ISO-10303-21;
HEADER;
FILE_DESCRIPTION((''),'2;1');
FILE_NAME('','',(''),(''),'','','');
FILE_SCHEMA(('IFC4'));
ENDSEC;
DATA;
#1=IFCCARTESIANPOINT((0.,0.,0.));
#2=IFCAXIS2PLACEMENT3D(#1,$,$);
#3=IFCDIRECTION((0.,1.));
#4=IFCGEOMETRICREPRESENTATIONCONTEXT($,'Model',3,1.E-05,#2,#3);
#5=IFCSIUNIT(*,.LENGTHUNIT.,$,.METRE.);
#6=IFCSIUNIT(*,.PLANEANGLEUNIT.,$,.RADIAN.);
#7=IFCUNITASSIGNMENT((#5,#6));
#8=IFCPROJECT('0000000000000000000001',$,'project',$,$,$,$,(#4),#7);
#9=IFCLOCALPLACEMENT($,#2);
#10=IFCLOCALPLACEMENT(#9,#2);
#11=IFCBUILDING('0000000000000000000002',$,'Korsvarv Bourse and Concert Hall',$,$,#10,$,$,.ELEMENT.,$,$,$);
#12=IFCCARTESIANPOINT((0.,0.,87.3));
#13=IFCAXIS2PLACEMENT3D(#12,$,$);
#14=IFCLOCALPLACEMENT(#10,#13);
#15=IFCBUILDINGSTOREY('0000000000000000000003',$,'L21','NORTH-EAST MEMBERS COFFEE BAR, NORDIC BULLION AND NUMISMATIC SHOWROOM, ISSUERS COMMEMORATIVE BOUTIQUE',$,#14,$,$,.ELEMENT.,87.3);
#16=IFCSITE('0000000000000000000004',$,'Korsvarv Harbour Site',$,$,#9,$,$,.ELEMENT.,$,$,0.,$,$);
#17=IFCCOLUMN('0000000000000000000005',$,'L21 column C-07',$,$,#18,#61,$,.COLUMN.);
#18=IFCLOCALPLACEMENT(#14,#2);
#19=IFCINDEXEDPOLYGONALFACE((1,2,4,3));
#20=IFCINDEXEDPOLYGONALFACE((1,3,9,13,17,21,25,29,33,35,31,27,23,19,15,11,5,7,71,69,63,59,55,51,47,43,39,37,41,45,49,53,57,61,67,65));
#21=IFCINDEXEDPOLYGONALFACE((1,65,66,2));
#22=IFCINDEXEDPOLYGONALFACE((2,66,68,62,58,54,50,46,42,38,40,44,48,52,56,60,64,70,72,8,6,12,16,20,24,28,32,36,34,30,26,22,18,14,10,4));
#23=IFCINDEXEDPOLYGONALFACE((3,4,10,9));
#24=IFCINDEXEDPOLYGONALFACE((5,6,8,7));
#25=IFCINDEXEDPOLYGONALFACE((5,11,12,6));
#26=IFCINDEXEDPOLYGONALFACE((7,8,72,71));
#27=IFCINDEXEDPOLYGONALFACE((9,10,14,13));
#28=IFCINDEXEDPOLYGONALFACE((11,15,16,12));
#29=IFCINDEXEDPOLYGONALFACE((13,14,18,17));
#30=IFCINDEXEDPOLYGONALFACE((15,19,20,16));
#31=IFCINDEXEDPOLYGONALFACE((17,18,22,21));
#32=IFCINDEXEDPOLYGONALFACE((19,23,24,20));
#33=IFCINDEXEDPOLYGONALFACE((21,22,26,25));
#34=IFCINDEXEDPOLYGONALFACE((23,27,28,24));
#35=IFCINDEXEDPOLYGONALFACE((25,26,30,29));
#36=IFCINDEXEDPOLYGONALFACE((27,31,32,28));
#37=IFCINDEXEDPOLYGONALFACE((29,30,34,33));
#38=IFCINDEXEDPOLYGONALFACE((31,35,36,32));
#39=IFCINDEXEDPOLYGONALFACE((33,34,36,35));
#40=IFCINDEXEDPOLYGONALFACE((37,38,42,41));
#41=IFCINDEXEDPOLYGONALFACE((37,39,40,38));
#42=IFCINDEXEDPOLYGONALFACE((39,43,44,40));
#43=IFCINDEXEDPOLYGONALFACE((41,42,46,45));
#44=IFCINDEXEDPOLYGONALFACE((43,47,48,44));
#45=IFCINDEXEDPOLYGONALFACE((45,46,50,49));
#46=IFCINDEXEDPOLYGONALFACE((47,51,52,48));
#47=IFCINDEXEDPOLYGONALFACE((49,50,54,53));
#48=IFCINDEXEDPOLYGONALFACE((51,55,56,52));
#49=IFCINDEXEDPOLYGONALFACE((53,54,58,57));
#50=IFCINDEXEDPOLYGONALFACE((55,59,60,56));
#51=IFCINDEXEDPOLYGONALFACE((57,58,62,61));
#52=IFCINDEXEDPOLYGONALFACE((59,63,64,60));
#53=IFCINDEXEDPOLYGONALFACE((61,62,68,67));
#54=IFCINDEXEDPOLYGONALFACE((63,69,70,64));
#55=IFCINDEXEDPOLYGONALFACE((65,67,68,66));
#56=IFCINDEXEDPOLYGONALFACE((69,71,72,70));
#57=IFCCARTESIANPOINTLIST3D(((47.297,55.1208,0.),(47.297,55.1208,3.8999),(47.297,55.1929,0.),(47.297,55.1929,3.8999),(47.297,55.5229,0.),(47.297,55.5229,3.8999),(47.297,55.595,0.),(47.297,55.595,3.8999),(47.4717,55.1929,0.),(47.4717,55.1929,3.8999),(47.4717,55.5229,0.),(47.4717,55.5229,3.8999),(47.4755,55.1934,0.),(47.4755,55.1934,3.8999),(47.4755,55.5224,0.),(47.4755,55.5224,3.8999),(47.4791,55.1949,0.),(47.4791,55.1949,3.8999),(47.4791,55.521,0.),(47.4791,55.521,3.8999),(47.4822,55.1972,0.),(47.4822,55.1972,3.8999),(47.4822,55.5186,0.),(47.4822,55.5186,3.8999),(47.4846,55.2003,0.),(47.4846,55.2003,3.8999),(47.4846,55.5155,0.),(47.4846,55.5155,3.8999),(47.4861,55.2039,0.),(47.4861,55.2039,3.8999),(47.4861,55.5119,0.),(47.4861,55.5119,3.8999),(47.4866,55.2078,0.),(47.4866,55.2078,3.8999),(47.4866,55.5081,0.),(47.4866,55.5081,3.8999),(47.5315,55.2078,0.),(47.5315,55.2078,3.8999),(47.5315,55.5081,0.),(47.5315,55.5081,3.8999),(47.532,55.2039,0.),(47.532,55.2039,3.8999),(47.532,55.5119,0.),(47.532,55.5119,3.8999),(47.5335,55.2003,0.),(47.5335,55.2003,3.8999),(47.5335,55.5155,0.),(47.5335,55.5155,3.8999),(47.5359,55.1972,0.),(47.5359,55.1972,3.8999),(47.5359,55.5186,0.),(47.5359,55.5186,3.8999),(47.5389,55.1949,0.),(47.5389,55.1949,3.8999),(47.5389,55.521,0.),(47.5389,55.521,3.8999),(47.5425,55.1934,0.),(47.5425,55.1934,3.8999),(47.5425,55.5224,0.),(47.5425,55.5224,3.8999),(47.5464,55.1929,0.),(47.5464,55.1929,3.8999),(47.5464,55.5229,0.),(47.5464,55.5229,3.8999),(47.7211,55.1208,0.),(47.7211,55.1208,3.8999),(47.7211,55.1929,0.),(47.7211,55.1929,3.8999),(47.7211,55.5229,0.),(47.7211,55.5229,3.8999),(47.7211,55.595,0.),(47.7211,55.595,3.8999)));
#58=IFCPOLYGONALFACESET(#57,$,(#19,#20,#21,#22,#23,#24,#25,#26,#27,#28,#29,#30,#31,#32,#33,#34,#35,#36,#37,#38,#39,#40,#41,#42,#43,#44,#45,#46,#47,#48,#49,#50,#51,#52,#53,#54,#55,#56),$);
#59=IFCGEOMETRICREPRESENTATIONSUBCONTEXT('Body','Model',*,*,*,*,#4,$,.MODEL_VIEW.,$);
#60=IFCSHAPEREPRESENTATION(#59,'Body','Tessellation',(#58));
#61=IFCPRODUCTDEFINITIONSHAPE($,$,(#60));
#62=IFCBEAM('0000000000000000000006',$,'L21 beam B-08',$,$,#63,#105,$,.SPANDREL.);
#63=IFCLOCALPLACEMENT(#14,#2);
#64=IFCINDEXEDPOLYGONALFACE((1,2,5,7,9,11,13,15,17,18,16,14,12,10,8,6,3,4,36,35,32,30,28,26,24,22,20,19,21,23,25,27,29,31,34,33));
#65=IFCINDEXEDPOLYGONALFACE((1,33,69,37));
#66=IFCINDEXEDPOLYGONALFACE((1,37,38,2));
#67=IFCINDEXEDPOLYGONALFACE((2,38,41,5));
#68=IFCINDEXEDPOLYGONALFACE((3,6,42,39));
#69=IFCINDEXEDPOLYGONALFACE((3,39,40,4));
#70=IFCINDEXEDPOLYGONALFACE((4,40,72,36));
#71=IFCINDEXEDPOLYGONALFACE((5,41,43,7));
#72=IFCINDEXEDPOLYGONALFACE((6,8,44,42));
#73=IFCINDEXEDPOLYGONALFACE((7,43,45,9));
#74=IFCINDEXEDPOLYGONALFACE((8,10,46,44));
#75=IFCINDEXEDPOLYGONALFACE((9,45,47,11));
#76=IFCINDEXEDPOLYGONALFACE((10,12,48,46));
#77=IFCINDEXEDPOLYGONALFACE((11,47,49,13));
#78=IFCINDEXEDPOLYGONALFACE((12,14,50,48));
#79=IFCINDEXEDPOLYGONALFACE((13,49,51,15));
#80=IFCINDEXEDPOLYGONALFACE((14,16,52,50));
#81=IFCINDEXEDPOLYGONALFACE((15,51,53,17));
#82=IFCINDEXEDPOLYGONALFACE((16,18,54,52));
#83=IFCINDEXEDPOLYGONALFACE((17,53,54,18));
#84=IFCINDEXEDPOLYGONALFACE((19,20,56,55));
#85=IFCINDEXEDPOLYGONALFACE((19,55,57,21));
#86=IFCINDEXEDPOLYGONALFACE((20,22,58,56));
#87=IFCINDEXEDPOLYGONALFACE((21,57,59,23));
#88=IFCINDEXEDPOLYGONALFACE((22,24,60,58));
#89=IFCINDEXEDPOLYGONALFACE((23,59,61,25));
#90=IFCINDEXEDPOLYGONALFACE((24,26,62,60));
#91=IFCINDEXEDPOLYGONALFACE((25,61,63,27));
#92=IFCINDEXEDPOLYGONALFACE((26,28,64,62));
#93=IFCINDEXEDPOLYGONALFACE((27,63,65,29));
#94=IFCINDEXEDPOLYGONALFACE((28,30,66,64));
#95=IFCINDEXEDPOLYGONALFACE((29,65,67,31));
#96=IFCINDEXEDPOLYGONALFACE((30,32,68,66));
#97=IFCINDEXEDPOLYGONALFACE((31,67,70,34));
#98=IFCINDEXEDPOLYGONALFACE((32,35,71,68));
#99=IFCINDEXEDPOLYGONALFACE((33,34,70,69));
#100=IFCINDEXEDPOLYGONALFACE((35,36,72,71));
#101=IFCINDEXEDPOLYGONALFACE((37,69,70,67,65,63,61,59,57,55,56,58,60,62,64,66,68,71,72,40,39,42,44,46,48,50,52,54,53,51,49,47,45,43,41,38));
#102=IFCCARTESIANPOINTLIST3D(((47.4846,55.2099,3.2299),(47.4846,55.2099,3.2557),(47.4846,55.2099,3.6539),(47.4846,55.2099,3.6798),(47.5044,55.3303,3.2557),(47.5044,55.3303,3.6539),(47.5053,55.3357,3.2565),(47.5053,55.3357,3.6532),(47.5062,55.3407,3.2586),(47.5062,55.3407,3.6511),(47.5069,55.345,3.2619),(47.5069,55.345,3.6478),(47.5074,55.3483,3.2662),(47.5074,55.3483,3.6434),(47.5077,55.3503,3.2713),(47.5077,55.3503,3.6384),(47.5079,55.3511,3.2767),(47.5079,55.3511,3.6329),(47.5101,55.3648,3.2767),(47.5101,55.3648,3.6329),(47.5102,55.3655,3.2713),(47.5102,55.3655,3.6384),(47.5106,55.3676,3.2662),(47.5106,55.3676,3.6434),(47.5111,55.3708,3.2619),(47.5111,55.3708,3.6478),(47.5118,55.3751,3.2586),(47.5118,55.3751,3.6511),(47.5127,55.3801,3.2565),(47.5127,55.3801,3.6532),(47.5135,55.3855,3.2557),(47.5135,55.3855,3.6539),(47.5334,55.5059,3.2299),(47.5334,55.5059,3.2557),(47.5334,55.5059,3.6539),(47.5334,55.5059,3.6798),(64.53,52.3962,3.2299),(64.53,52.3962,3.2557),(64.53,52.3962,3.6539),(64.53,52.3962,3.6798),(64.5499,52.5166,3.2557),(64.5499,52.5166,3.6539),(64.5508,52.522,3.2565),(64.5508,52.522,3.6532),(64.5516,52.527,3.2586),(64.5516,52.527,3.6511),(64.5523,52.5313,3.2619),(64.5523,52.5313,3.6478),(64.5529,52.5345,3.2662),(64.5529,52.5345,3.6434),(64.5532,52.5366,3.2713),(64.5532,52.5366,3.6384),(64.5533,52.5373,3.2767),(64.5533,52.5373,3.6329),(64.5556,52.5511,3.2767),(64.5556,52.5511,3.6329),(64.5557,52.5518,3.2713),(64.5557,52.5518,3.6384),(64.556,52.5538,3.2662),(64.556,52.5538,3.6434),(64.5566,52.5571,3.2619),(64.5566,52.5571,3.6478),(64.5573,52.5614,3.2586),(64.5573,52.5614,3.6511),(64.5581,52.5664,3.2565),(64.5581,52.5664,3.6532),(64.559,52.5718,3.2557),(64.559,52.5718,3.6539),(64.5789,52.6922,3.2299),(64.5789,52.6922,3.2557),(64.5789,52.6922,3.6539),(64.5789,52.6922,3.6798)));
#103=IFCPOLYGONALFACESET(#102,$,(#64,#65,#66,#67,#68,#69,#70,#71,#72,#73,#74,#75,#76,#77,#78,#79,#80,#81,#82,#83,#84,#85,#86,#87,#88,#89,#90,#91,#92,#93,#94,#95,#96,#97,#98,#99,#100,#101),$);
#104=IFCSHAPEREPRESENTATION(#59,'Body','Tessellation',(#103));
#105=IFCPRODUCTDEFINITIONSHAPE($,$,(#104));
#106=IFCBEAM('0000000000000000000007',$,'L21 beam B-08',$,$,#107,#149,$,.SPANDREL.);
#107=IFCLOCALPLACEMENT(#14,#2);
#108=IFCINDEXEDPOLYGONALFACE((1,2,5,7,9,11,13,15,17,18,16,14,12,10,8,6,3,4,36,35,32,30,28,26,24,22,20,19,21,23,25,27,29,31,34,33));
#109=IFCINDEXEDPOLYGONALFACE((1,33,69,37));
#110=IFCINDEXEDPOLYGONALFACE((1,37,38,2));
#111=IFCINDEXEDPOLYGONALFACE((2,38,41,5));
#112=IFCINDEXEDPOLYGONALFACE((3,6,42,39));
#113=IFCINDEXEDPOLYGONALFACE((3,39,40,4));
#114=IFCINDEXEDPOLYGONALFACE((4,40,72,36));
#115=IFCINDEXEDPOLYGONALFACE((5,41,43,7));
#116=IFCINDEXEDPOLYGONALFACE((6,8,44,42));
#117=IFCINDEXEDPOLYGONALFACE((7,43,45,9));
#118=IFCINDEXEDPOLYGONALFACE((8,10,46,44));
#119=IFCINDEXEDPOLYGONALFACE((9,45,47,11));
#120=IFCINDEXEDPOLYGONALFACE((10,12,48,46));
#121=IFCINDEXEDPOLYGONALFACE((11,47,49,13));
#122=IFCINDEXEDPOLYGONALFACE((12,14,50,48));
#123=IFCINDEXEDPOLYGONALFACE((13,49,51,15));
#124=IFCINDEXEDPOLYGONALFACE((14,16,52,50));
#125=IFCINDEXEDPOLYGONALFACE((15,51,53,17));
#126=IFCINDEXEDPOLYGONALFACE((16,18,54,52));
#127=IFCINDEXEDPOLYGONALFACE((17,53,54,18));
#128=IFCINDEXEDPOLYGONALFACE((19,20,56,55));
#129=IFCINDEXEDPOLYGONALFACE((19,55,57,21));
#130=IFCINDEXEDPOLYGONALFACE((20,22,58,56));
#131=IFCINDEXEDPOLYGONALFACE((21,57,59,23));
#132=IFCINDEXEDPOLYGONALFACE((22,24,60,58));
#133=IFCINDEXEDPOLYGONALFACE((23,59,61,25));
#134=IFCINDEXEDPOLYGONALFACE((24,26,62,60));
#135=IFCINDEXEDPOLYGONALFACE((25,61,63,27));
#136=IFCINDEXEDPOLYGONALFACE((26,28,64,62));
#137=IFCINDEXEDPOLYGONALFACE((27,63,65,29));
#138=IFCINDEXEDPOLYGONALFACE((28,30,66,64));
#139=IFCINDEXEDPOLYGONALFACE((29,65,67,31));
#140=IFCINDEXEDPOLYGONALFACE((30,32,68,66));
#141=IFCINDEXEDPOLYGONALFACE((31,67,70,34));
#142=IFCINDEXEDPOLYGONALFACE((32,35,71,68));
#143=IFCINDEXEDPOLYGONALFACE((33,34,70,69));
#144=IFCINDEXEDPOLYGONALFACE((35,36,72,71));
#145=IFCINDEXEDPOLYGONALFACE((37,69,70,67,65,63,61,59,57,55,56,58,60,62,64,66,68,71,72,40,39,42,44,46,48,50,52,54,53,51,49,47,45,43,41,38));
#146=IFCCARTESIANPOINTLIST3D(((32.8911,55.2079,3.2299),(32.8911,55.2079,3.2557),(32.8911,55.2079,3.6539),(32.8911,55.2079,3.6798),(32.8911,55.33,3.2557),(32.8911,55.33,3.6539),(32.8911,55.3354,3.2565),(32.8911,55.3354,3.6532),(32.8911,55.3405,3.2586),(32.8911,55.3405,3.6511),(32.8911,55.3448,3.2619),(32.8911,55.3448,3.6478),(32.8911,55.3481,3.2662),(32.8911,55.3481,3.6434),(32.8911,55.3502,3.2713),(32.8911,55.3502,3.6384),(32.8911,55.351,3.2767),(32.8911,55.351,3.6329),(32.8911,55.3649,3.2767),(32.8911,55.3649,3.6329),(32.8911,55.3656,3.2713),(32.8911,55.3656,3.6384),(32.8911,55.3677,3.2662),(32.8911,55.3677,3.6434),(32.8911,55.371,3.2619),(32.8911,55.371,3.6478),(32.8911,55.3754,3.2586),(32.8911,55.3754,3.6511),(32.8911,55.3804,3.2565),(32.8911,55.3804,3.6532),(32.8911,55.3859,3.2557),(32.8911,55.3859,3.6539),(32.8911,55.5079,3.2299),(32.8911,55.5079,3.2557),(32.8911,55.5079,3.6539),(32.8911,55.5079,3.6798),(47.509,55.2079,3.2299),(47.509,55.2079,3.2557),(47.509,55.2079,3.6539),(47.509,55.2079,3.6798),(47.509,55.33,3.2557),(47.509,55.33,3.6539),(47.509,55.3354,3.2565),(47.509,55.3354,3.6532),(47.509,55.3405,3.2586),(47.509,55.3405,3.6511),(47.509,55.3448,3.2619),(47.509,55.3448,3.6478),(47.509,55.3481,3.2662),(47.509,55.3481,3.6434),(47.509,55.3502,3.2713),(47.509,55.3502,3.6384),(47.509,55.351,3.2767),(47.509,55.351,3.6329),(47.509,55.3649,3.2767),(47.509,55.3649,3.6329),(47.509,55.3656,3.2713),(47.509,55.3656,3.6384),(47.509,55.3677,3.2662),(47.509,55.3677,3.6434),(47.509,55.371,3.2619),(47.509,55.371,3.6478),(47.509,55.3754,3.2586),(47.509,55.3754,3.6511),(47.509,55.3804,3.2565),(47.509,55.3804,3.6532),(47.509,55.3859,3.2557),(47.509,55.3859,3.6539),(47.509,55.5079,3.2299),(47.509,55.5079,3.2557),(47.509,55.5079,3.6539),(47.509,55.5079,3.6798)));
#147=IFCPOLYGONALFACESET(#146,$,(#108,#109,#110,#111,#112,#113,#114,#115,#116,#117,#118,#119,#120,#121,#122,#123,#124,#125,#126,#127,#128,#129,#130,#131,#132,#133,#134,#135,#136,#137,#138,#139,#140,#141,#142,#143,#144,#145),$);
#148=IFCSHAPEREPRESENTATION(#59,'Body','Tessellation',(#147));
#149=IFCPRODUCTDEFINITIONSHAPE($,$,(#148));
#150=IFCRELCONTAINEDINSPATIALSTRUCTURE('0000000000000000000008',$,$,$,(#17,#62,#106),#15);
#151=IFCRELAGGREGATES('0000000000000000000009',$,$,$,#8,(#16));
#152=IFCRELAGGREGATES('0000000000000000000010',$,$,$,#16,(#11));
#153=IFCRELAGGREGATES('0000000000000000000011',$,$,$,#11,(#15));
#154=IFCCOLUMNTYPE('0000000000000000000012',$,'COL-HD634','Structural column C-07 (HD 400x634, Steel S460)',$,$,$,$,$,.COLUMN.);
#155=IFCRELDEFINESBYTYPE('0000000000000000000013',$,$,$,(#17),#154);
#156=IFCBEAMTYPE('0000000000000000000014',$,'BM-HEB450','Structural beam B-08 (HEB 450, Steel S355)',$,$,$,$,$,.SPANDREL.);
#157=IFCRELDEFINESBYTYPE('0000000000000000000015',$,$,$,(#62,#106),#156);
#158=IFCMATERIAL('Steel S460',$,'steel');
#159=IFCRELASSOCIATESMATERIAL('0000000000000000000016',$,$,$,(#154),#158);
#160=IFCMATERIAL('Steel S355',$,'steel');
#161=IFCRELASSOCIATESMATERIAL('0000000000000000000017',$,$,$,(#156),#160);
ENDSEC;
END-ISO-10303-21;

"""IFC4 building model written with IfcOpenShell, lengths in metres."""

from ifc_helpers import new_model, si_unit, direction, frame, origin, origin_2d, place, context, subcontext, project, spatial, i_section, extrude, source, transform, mapped, material, material_profile, profile_set, type_object, element, save


model = new_model("IFC4")

# Units and contexts
model_context = context("Model", 3, precision=1e-05, world=origin(), true_north=direction((0.0, 1.0)))
body_context = subcontext(model_context, "Body", "Model", "MODEL_VIEW")
ifc_project = project(units=[si_unit("LENGTHUNIT", "METRE"), si_unit("PLANEANGLEUNIT", "RADIAN")], contexts=[model_context])

# Site, building, storey
site_placement = place(None, origin())
site = spatial("IfcSite", under=ifc_project, at=site_placement, Name="Korsvarv Harbour Site", CompositionType="ELEMENT", RefElevation=0.0)
building_placement = place(site_placement, origin())
building = spatial("IfcBuilding", under=site, at=building_placement, Name="Korsvarv Bourse and Concert Hall", CompositionType="ELEMENT")
storey_placement = place(building_placement, frame((0.0, 0.0, 87.3)))
storey = spatial("IfcBuildingStorey", under=building, at=storey_placement, Name="L21", Description="NORTH-EAST MEMBERS COFFEE BAR, NORDIC BULLION AND NUMISMATIC SHOWROOM, ISSUERS COMMEMORATIVE BOUTIQUE", CompositionType="ELEMENT", Elevation=87.3)

# Column
ifc_material_1 = material(Name="Steel S460", Category="steel")
ifc_material_profile_1 = material_profile(ifc_material_1, i_section(OverallWidth=0.4241, OverallDepth=0.4741, WebThickness=0.0449, FlangeThickness=0.072, FilletRadius=0.0149, at=origin_2d()), Name="HD 400x634")
ifc_profile_set_1 = profile_set([ifc_material_profile_1], Name="Steel S460")
column_type = type_object("IfcColumnType", Name="COL-HD634", Description="Structural column C-07 (HD 400x634, Steel S460)", PredefinedType="COLUMN", material=ifc_profile_set_1)
shared_shape_1 = source(origin(), body_context, "Body", "SweptSolid", [
    extrude(i_section(OverallWidth=0.4241, OverallDepth=0.4741, WebThickness=0.0449, FlangeThickness=0.072, FilletRadius=0.0149, at=origin_2d()), origin(), (0.0, 0.0, 1.0), 3.8999),
])
column_placement = place(storey_placement, frame((47.509, 55.3579, 0.0), z_axis=(0.0, 0.0, 1.0), x_axis=(1.0, 0.0, 0.0)))
element("IfcColumn", 1, at=column_placement, inside=storey, type_object=column_type, Name="L21 column C-07", PredefinedType="COLUMN", context=body_context, shape_type="MappedRepresentation", body=[
    mapped(shared_shape_1, transform((0.0, 0.0, 0.0), scale=1.0)),
])

# Beams
ifc_material_2 = material(Name="Steel S355", Category="steel")
ifc_material_profile_2 = material_profile(ifc_material_2, i_section(OverallWidth=0.3, OverallDepth=0.45, WebThickness=0.0139, FlangeThickness=0.0259, FilletRadius=0.021, at=origin_2d()), Name="HEB 450")
ifc_profile_set_2 = profile_set([ifc_material_profile_2], Name="Steel S355")
beam_type_1 = type_object("IfcBeamType", Name="BM-HEB450", Description="Structural beam B-08 (HEB 450, Steel S355)", PredefinedType="SPANDREL", material=ifc_profile_set_2)
shared_shape_2 = source(origin(), body_context, "Body", "SweptSolid", [
    extrude(i_section(OverallWidth=0.3, OverallDepth=0.45, WebThickness=0.0139, FlangeThickness=0.0259, FilletRadius=0.021, at=origin_2d()), origin(), (0.0, 0.0, 1.0), 17.2761),
])
beam_1_placement = place(storey_placement, frame((64.5544, 52.5442, 3.4548), z_axis=(-0.986648, 0.162868, 0.0), x_axis=(-0.162868, -0.986648, 0.0)))
element("IfcBeam", 2, at=beam_1_placement, inside=storey, type_object=beam_type_1, Name="L21 beam B-08", PredefinedType="SPANDREL", context=body_context, shape_type="MappedRepresentation", body=[
    mapped(shared_shape_2, transform((0.0, 0.0, 0.0), scale=1.0)),
])
shared_shape_3 = source(origin(), body_context, "Body", "SweptSolid", [
    extrude(i_section(OverallWidth=0.3, OverallDepth=0.45, WebThickness=0.0139, FlangeThickness=0.0259, FilletRadius=0.021, at=origin_2d()), origin(), (0.0, 0.0, 1.0), 14.6179),
])
beam_2_placement = place(storey_placement, frame((47.509, 55.3579, 3.4548), z_axis=(-1.0, 0.0, 0.0), x_axis=(0.0, -1.0, 0.0)))
element("IfcBeam", 3, at=beam_2_placement, inside=storey, type_object=beam_type_1, Name="L21 beam B-08", PredefinedType="SPANDREL", context=body_context, shape_type="MappedRepresentation", body=[
    mapped(shared_shape_3, transform((0.0, 0.0, 0.0), scale=1.0)),
])

save(model, "model.ifc")
